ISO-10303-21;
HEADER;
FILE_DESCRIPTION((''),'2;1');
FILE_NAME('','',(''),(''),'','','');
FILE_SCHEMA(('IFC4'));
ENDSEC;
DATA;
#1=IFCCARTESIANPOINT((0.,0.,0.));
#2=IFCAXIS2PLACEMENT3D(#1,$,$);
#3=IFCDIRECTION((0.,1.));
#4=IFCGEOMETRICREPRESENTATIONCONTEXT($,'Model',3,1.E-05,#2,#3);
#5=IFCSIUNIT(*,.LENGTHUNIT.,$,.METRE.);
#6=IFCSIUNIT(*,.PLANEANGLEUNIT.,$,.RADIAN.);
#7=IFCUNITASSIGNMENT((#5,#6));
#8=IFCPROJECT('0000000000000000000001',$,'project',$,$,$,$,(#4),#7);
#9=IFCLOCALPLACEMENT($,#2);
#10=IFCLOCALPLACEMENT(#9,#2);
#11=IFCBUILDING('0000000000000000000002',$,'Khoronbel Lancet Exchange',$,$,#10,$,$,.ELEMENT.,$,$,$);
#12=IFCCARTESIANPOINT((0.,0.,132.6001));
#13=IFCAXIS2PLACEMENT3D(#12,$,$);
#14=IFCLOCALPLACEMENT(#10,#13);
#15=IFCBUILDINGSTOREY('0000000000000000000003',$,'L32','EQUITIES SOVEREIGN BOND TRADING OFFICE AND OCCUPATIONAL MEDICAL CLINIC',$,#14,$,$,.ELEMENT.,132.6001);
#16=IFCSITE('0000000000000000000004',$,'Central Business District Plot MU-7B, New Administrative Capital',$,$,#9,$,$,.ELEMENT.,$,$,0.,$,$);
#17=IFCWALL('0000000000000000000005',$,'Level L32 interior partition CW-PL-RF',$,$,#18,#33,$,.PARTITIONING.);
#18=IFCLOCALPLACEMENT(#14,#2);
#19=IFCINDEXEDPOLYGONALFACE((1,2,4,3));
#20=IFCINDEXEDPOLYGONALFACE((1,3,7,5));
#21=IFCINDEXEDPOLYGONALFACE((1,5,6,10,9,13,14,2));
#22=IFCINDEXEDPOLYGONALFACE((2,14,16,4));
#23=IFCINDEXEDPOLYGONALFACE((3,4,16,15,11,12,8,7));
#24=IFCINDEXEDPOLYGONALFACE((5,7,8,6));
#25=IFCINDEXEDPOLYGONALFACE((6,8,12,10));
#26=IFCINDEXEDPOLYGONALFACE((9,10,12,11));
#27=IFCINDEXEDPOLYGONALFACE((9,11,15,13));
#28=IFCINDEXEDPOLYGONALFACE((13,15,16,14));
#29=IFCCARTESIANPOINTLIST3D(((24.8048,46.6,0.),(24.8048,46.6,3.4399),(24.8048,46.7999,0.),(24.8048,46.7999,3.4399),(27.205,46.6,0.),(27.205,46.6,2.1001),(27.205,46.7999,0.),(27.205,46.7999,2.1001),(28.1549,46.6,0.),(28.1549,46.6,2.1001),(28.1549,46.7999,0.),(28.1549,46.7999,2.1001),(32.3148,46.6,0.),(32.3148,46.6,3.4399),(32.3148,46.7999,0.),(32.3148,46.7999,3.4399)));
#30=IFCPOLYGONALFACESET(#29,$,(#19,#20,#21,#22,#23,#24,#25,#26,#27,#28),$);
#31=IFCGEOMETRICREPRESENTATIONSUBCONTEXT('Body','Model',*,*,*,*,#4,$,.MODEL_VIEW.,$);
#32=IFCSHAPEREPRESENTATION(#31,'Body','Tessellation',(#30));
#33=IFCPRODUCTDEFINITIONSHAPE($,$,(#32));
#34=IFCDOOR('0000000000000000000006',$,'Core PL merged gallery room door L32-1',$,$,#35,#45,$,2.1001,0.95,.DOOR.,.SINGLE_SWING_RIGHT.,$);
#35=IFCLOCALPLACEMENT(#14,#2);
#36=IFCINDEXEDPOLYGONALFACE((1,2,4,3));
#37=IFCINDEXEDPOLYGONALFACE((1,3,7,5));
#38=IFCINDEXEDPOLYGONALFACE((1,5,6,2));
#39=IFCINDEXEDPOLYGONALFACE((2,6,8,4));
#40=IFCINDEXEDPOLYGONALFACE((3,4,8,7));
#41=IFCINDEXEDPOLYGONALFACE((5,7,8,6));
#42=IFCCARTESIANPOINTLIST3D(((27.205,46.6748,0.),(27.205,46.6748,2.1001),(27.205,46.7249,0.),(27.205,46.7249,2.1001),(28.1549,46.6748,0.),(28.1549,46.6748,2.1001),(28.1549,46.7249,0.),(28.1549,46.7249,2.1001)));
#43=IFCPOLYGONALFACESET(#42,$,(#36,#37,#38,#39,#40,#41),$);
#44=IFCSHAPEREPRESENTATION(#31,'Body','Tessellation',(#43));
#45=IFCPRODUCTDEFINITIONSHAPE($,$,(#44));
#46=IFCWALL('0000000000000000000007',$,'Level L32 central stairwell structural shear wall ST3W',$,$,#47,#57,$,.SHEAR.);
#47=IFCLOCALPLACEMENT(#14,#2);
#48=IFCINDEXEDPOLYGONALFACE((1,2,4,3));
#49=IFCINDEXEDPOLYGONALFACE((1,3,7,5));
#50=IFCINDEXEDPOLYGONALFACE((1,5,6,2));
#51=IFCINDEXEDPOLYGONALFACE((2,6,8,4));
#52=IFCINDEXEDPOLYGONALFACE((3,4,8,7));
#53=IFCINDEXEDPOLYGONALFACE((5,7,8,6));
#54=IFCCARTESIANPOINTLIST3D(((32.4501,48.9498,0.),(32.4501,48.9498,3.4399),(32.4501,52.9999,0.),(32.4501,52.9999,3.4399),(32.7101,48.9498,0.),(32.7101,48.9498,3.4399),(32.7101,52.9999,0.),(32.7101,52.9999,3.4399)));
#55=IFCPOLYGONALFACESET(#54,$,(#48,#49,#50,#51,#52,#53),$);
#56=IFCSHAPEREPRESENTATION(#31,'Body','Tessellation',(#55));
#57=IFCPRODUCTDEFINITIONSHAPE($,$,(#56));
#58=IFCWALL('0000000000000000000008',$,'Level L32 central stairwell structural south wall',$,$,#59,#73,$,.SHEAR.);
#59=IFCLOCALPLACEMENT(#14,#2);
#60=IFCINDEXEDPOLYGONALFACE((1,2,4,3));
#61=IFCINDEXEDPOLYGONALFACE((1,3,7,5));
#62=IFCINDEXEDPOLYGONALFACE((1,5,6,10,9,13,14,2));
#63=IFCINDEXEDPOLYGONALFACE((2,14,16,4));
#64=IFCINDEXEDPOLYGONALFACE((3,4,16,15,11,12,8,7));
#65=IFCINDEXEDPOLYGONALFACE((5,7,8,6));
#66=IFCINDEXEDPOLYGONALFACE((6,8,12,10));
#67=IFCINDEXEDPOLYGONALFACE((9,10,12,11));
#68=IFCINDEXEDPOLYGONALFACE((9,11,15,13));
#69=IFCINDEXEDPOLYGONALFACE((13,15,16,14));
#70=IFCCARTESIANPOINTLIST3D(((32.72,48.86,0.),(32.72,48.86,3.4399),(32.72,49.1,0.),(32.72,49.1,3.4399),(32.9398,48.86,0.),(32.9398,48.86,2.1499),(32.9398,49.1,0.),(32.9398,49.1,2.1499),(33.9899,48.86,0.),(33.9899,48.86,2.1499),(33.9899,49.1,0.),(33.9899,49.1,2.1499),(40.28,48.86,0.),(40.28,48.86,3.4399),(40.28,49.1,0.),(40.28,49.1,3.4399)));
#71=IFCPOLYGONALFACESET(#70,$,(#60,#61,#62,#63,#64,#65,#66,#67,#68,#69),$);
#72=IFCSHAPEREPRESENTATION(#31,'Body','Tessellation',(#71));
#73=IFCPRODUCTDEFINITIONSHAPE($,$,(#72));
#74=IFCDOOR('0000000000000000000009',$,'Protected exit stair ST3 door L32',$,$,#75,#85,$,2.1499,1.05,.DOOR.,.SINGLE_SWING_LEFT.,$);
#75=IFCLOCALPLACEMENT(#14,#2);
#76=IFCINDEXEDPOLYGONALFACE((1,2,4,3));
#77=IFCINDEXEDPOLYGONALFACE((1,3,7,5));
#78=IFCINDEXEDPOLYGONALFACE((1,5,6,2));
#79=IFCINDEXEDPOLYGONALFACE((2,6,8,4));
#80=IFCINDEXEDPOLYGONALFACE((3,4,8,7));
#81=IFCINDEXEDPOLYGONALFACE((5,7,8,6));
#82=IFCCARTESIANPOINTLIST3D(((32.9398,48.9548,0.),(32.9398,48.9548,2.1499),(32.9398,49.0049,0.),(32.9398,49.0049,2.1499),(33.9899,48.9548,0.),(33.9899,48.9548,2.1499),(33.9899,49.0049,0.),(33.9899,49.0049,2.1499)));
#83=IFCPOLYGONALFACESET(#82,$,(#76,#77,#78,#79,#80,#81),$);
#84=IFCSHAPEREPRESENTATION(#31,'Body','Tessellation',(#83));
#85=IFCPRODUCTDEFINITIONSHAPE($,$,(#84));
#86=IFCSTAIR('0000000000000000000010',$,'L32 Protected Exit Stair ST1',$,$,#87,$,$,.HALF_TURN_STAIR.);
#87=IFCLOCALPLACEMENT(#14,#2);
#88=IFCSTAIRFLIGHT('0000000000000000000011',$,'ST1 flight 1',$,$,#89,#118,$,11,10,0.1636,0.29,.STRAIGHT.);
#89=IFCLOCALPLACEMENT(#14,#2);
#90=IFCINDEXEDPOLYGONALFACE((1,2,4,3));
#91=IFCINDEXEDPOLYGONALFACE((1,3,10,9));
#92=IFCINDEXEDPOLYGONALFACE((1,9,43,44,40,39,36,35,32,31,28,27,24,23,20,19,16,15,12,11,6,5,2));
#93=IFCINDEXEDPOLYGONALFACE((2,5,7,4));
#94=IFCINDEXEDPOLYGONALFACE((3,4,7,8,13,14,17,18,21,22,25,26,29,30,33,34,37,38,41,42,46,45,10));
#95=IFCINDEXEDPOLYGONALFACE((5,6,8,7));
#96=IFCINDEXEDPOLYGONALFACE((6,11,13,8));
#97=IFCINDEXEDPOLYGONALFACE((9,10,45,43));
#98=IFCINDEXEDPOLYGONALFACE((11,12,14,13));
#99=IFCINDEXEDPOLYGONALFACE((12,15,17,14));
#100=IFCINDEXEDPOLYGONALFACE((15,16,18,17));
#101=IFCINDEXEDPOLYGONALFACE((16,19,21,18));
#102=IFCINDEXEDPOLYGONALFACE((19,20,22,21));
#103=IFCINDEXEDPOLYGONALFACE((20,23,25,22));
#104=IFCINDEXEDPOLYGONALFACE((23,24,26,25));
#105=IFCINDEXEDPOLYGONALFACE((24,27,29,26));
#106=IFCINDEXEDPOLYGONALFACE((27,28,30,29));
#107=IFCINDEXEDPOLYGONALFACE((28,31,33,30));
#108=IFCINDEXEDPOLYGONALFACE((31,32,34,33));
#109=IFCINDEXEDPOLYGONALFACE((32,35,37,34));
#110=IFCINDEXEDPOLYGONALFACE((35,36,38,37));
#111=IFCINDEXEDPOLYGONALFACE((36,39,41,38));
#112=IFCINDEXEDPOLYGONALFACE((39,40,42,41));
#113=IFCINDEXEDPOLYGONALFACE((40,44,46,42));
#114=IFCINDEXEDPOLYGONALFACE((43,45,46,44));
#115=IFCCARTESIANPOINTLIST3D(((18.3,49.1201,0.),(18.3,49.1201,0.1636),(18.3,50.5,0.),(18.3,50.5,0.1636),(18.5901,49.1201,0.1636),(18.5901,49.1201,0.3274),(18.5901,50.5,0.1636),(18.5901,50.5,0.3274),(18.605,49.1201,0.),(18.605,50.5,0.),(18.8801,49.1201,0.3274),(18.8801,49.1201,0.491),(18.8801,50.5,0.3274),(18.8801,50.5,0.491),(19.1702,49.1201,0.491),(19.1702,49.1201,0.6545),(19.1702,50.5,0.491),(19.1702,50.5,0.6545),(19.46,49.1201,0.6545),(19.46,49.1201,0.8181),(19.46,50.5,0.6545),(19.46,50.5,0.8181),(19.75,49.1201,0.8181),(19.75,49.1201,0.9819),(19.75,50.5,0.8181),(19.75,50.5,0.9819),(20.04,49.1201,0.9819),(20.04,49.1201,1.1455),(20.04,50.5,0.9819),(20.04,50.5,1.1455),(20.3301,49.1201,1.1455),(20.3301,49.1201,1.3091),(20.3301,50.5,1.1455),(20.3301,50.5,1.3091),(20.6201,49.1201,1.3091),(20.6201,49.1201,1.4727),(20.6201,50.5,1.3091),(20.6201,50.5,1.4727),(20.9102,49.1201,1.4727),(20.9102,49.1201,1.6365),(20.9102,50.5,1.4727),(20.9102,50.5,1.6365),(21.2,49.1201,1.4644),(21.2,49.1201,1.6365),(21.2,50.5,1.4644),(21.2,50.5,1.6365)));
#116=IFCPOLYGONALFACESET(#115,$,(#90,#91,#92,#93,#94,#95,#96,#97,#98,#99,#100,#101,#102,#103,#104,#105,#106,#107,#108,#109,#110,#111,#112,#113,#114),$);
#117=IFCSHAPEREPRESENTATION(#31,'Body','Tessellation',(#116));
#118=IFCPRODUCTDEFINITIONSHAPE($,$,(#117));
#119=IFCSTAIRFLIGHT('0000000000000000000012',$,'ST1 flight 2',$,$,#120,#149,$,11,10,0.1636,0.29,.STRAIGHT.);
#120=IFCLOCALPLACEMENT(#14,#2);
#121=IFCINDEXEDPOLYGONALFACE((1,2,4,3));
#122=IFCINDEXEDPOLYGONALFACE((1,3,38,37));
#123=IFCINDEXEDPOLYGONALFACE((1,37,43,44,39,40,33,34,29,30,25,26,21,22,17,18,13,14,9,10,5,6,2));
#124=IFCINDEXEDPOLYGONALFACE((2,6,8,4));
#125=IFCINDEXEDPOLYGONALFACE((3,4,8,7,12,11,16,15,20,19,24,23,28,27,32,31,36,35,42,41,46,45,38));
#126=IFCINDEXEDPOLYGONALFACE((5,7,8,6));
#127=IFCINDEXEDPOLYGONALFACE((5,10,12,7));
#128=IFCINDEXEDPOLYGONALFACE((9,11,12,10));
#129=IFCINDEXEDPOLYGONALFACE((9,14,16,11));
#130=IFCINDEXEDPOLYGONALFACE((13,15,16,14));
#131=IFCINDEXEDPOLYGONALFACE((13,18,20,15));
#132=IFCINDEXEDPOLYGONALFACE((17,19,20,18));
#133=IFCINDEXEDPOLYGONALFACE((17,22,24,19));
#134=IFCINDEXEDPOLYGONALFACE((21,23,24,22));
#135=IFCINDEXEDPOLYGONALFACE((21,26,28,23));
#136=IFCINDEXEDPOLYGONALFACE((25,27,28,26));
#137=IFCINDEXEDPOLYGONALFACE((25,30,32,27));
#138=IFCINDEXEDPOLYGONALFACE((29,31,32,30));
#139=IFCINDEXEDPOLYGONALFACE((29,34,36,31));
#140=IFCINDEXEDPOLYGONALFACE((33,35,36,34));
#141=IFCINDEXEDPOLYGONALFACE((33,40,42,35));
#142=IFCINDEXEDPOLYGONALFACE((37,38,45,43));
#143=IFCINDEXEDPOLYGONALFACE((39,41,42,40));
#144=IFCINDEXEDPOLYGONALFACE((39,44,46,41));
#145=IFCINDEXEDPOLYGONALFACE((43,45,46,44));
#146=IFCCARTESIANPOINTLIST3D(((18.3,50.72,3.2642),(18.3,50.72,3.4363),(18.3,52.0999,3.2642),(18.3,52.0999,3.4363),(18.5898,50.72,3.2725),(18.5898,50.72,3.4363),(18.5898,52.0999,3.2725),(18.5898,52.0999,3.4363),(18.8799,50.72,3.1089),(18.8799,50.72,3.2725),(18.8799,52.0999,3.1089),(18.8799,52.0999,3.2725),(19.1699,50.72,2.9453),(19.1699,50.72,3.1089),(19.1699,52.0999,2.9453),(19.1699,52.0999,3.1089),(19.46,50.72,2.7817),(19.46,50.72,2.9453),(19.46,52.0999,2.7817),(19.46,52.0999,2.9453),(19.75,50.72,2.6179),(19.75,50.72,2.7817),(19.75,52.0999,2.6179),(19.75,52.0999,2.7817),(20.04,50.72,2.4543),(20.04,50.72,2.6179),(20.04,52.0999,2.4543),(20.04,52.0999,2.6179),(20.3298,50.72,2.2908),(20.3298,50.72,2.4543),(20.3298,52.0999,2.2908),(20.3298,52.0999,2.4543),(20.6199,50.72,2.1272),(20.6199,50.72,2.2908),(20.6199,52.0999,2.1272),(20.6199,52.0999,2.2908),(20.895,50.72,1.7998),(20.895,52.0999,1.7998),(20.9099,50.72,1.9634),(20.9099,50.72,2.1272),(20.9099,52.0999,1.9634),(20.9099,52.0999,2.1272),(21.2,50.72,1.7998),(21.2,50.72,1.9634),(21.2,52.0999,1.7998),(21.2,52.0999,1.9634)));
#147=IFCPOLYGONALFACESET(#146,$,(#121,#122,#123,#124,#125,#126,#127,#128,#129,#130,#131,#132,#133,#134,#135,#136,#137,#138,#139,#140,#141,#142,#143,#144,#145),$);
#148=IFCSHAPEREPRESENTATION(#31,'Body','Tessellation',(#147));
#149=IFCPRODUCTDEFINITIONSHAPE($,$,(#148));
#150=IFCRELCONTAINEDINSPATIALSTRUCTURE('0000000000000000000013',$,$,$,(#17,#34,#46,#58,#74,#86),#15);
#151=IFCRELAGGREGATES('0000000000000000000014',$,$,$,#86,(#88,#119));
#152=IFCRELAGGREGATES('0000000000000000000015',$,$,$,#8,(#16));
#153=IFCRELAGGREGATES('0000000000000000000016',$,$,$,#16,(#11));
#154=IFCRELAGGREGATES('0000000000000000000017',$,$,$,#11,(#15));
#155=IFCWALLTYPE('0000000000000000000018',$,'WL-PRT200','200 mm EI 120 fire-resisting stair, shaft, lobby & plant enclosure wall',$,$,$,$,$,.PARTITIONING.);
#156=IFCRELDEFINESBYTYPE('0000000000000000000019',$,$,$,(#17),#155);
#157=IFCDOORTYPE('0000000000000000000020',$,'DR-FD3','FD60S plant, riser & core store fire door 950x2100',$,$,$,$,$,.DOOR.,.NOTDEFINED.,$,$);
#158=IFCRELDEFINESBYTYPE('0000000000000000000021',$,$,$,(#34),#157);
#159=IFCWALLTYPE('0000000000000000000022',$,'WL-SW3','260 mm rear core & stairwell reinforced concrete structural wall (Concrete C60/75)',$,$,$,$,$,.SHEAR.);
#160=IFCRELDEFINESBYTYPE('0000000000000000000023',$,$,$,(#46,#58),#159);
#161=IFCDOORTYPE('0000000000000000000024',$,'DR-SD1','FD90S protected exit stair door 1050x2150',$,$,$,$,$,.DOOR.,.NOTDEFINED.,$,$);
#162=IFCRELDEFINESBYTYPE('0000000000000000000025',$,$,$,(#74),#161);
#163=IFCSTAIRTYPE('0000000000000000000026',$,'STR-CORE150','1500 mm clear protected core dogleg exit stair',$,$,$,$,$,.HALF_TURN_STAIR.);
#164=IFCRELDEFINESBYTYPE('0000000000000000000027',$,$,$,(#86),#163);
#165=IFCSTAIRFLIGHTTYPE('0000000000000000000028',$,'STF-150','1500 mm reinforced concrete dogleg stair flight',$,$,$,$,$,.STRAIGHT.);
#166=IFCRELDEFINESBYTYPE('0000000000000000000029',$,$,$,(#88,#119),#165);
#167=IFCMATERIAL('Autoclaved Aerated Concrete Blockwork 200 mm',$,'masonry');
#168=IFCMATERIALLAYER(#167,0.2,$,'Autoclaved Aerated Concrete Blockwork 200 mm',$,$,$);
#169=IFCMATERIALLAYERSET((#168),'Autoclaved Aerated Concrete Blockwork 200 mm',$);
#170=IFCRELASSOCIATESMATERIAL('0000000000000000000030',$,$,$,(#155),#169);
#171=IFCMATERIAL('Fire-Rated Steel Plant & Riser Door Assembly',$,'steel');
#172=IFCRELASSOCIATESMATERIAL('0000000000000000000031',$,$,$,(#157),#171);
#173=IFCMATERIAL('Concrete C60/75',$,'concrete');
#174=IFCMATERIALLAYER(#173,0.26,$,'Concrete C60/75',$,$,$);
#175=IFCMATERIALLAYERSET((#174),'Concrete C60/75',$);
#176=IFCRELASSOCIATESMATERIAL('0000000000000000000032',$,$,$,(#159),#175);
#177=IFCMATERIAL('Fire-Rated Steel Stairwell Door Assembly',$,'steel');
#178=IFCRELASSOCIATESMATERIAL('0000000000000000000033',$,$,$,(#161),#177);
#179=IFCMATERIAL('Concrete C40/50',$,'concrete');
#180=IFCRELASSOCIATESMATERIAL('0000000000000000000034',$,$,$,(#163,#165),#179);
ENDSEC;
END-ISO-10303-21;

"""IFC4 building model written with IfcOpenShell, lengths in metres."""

from ifc_helpers import new_model, si_unit, direction, frame, frame_2d, origin, place, context, subcontext, project, spatial, polyline, rectangle, outline, extrude, material, layer, layer_set, type_object, element, fill, aggregate, save


model = new_model("IFC4")

# Units and contexts
model_context = context("Model", 3, precision=1e-05, world=origin(), true_north=direction((0.0, 1.0)))
body_context = subcontext(model_context, "Body", "Model", "MODEL_VIEW")
ifc_project = project(units=[si_unit("LENGTHUNIT", "METRE"), si_unit("PLANEANGLEUNIT", "RADIAN")], contexts=[model_context])

# Site, building, storey
site_placement = place(None, origin())
site = spatial("IfcSite", under=ifc_project, at=site_placement, Name="Central Business District Plot MU-7B, New Administrative Capital", CompositionType="ELEMENT", RefElevation=0.0)
building_placement = place(site_placement, origin())
building = spatial("IfcBuilding", under=site, at=building_placement, Name="Khoronbel Lancet Exchange", CompositionType="ELEMENT")
storey_placement = place(building_placement, frame((0.0, 0.0, 132.6001)))
storey = spatial("IfcBuildingStorey", under=building, at=storey_placement, Name="L32", Description="EQUITIES SOVEREIGN BOND TRADING OFFICE AND OCCUPATIONAL MEDICAL CLINIC", CompositionType="ELEMENT", Elevation=132.6001)

# Shared definitions
ifc_material_1 = material(Name="Autoclaved Aerated Concrete Blockwork 200 mm", Category="masonry")
ifc_layer_1 = layer(ifc_material_1, 0.2, Name="Autoclaved Aerated Concrete Blockwork 200 mm")
ifc_layer_set_1 = layer_set([ifc_layer_1], Name="Autoclaved Aerated Concrete Blockwork 200 mm")
wall_type_1 = type_object("IfcWallType", Name="WL-PRT200", Description="200 mm EI 120 fire-resisting stair, shaft, lobby & plant enclosure wall", PredefinedType="PARTITIONING", material=ifc_layer_set_1)

# Wall, opening, door
wall_1_placement = place(storey_placement, frame((24.8049, 46.7, 0.0), z_axis=(0.0, 0.0, 1.0), x_axis=(1.0, 0.0, 0.0)))
wall_1 = element("IfcWall", 1, at=wall_1_placement, inside=storey, type_object=wall_type_1, Name="Level L32 interior partition CW-PL-RF", PredefinedType="PARTITIONING", context=body_context, shape_type="SweptSolid", body=[
    extrude(rectangle(XDim=7.51, YDim=0.2, at=frame_2d((3.7549, 0.0))), origin(), (0.0, 0.0, 1.0), 3.4399),
])
opening_1_placement = place(wall_1_placement, frame((2.3999, 0.0, 0.0)))
opening_1 = element("IfcOpeningElement", 2, at=opening_1_placement, cuts=wall_1, PredefinedType="OPENING", context=body_context, shape_type="SweptSolid", body=[
    extrude(rectangle(XDim=0.95, YDim=2.1001, at=frame_2d((0.4751, 1.05))), frame((0.0, 0.1099, 0.0), z_axis=(0.0, -1.0, 0.0), x_axis=(1.0, 0.0, 0.0)), (0.0, 0.0, 1.0), 0.22),
])
ifc_material_2 = material(Name="Fire-Rated Steel Plant & Riser Door Assembly", Category="steel")
door_type_1 = type_object("IfcDoorType", Name="DR-FD3", Description="FD60S plant, riser & core store fire door 950x2100", OperationType="NOTDEFINED", PredefinedType="DOOR", material=ifc_material_2)
door_1_placement = place(opening_1_placement, origin())
door_1 = element("IfcDoor", 3, at=door_1_placement, inside=storey, type_object=door_type_1, Name="Core PL merged gallery room door L32-1", OperationType="SINGLE_SWING_RIGHT", OverallHeight=2.1001, OverallWidth=0.95, PredefinedType="DOOR", context=body_context, shape_type="SweptSolid", body=[
    extrude(rectangle(XDim=0.95, YDim=2.1001, at=frame_2d((0.4751, 1.05))), frame((0.0, 0.0249, 0.0), z_axis=(0.0, -1.0, 0.0), x_axis=(1.0, 0.0, 0.0)), (0.0, 0.0, 1.0), 0.05),
])
fill(opening_1, door_1)

# Wall
ifc_material_3 = material(Name="Concrete C60/75", Category="concrete")
ifc_layer_2 = layer(ifc_material_3, 0.26, Name="Concrete C60/75")
ifc_layer_set_2 = layer_set([ifc_layer_2], Name="Concrete C60/75")
wall_type_2 = type_object("IfcWallType", Name="WL-SW3", Description="260 mm rear core & stairwell reinforced concrete structural wall (Concrete C60/75)", PredefinedType="SHEAR", material=ifc_layer_set_2)
wall_2_placement = place(storey_placement, frame((32.5801, 48.95, 0.0), z_axis=(0.0, 0.0, 1.0), x_axis=(0.0, 1.0, 0.0)))
element("IfcWall", 4, at=wall_2_placement, inside=storey, type_object=wall_type_2, Name="Level L32 central stairwell structural shear wall ST3W", PredefinedType="SHEAR", context=body_context, shape_type="SweptSolid", body=[
    extrude(rectangle(XDim=4.05, YDim=0.26, at=frame_2d((2.0249, 0.0))), origin(), (0.0, 0.0, 1.0), 3.4399),
])

# Wall, opening, door
wall_3_placement = place(storey_placement, frame((32.72, 48.98, 0.0), z_axis=(0.0, 0.0, 1.0), x_axis=(1.0, 0.0, 0.0)))
wall_3 = element("IfcWall", 5, at=wall_3_placement, inside=storey, type_object=wall_type_2, Name="Level L32 central stairwell structural south wall", PredefinedType="SHEAR", context=body_context, shape_type="SweptSolid", body=[
    extrude(rectangle(XDim=7.5601, YDim=0.24, at=frame_2d((3.78, 0.0))), origin(), (0.0, 0.0, 1.0), 3.4399),
])
opening_2_placement = place(wall_3_placement, frame((0.22, 0.0, 0.0)))
opening_2 = element("IfcOpeningElement", 6, at=opening_2_placement, cuts=wall_3, PredefinedType="OPENING", context=body_context, shape_type="SweptSolid", body=[
    extrude(rectangle(XDim=1.05, YDim=2.1499, at=frame_2d((0.5249, 1.075))), frame((0.0, 0.1299, 0.0), z_axis=(0.0, -1.0, 0.0), x_axis=(1.0, 0.0, 0.0)), (0.0, 0.0, 1.0), 0.26),
])
ifc_material_4 = material(Name="Fire-Rated Steel Stairwell Door Assembly", Category="steel")
door_type_2 = type_object("IfcDoorType", Name="DR-SD1", Description="FD90S protected exit stair door 1050x2150", OperationType="NOTDEFINED", PredefinedType="DOOR", material=ifc_material_4)
door_2_placement = place(opening_2_placement, origin())
door_2 = element("IfcDoor", 7, at=door_2_placement, inside=storey, type_object=door_type_2, Name="Protected exit stair ST3 door L32", OperationType="SINGLE_SWING_LEFT", OverallHeight=2.1499, OverallWidth=1.05, PredefinedType="DOOR", context=body_context, shape_type="SweptSolid", body=[
    extrude(rectangle(XDim=1.05, YDim=2.1499, at=frame_2d((0.5249, 1.075))), frame((0.0, 0.0249, 0.0), z_axis=(0.0, -1.0, 0.0), x_axis=(1.0, 0.0, 0.0)), (0.0, 0.0, 1.0), 0.05),
])
fill(opening_2, door_2)

# Stair, stair flights
ifc_material_5 = material(Name="Concrete C40/50", Category="concrete")
stair_type = type_object("IfcStairType", Name="STR-CORE150", Description="1500 mm clear protected core dogleg exit stair", PredefinedType="HALF_TURN_STAIR", material=ifc_material_5)
stair_placement = place(storey_placement, origin())
stair = element("IfcStair", 8, at=stair_placement, inside=storey, type_object=stair_type, Name="L32 Protected Exit Stair ST1", PredefinedType="HALF_TURN_STAIR")
stair_flight_type = type_object("IfcStairFlightType", Name="STF-150", Description="1500 mm reinforced concrete dogleg stair flight", PredefinedType="STRAIGHT", material=ifc_material_5)
stair_flight_1_placement = place(storey_placement, frame((18.3, 49.8101, 0.0), z_axis=(0.0, 0.0, 1.0), x_axis=(1.0, 0.0, 0.0)))
stair_flight_1 = element("IfcStairFlight", 9, at=stair_flight_1_placement, type_object=stair_flight_type, Name="ST1 flight 1", NumberOfRisers=11, NumberOfTreads=10, PredefinedType="STRAIGHT", RiserHeight=0.1636, TreadLength=0.29, context=body_context, shape_type="SweptSolid", body=[
    extrude(outline(polyline([(0.0, 0.0), (0.0, 0.1636), (0.29, 0.1636), (0.29, 0.3274), (0.5801, 0.3274), (0.5801, 0.491), (0.8701, 0.491), (0.8701, 0.6545), (1.1599, 0.6545), (1.1599, 0.8181), (1.45, 0.8181), (1.45, 0.9819), (1.74, 0.9819), (1.74, 1.1455), (2.03, 1.1455), (2.03, 1.3091), (2.3201, 1.3091), (2.3201, 1.4727), (2.6101, 1.4727), (2.6101, 1.6365), (2.8999, 1.6365), (2.8999, 1.8), (2.8999, 1.4644), (0.3049, 0.0), (0.0, 0.0)])), frame((0.0, 0.6899, 0.0), z_axis=(0.0, -1.0, 0.0), x_axis=(1.0, 0.0, 0.0)), (0.0, 0.0, 1.0), 1.3799),
])
stair_flight_2_placement = place(storey_placement, frame((21.2, 51.4099, 1.7998), z_axis=(0.0, 0.0, 1.0), x_axis=(-1.0, 0.0, 0.0)))
stair_flight_2 = element("IfcStairFlight", 10, at=stair_flight_2_placement, type_object=stair_flight_type, Name="ST1 flight 2", NumberOfRisers=11, NumberOfTreads=10, PredefinedType="STRAIGHT", RiserHeight=0.1636, TreadLength=0.29, context=body_context, shape_type="SweptSolid", body=[
    extrude(outline(polyline([(0.0, 0.0), (0.0, 0.1636), (0.29, 0.1636), (0.29, 0.3274), (0.5801, 0.3274), (0.5801, 0.491), (0.8701, 0.491), (0.8701, 0.6545), (1.1599, 0.6545), (1.1599, 0.8181), (1.45, 0.8181), (1.45, 0.9819), (1.74, 0.9819), (1.74, 1.1455), (2.03, 1.1455), (2.03, 1.3091), (2.3201, 1.3091), (2.3201, 1.4727), (2.6101, 1.4727), (2.6101, 1.6365), (2.8999, 1.6365), (2.8999, 1.8), (2.8999, 1.4644), (0.3049, 0.0), (0.0, 0.0)])), frame((0.0, 0.6899, 0.0), z_axis=(0.0, -1.0, 0.0), x_axis=(1.0, 0.0, 0.0)), (0.0, 0.0, 1.0), 1.3799),
])
aggregate(stair, [stair_flight_1, stair_flight_2])

save(model, "model.ifc")
